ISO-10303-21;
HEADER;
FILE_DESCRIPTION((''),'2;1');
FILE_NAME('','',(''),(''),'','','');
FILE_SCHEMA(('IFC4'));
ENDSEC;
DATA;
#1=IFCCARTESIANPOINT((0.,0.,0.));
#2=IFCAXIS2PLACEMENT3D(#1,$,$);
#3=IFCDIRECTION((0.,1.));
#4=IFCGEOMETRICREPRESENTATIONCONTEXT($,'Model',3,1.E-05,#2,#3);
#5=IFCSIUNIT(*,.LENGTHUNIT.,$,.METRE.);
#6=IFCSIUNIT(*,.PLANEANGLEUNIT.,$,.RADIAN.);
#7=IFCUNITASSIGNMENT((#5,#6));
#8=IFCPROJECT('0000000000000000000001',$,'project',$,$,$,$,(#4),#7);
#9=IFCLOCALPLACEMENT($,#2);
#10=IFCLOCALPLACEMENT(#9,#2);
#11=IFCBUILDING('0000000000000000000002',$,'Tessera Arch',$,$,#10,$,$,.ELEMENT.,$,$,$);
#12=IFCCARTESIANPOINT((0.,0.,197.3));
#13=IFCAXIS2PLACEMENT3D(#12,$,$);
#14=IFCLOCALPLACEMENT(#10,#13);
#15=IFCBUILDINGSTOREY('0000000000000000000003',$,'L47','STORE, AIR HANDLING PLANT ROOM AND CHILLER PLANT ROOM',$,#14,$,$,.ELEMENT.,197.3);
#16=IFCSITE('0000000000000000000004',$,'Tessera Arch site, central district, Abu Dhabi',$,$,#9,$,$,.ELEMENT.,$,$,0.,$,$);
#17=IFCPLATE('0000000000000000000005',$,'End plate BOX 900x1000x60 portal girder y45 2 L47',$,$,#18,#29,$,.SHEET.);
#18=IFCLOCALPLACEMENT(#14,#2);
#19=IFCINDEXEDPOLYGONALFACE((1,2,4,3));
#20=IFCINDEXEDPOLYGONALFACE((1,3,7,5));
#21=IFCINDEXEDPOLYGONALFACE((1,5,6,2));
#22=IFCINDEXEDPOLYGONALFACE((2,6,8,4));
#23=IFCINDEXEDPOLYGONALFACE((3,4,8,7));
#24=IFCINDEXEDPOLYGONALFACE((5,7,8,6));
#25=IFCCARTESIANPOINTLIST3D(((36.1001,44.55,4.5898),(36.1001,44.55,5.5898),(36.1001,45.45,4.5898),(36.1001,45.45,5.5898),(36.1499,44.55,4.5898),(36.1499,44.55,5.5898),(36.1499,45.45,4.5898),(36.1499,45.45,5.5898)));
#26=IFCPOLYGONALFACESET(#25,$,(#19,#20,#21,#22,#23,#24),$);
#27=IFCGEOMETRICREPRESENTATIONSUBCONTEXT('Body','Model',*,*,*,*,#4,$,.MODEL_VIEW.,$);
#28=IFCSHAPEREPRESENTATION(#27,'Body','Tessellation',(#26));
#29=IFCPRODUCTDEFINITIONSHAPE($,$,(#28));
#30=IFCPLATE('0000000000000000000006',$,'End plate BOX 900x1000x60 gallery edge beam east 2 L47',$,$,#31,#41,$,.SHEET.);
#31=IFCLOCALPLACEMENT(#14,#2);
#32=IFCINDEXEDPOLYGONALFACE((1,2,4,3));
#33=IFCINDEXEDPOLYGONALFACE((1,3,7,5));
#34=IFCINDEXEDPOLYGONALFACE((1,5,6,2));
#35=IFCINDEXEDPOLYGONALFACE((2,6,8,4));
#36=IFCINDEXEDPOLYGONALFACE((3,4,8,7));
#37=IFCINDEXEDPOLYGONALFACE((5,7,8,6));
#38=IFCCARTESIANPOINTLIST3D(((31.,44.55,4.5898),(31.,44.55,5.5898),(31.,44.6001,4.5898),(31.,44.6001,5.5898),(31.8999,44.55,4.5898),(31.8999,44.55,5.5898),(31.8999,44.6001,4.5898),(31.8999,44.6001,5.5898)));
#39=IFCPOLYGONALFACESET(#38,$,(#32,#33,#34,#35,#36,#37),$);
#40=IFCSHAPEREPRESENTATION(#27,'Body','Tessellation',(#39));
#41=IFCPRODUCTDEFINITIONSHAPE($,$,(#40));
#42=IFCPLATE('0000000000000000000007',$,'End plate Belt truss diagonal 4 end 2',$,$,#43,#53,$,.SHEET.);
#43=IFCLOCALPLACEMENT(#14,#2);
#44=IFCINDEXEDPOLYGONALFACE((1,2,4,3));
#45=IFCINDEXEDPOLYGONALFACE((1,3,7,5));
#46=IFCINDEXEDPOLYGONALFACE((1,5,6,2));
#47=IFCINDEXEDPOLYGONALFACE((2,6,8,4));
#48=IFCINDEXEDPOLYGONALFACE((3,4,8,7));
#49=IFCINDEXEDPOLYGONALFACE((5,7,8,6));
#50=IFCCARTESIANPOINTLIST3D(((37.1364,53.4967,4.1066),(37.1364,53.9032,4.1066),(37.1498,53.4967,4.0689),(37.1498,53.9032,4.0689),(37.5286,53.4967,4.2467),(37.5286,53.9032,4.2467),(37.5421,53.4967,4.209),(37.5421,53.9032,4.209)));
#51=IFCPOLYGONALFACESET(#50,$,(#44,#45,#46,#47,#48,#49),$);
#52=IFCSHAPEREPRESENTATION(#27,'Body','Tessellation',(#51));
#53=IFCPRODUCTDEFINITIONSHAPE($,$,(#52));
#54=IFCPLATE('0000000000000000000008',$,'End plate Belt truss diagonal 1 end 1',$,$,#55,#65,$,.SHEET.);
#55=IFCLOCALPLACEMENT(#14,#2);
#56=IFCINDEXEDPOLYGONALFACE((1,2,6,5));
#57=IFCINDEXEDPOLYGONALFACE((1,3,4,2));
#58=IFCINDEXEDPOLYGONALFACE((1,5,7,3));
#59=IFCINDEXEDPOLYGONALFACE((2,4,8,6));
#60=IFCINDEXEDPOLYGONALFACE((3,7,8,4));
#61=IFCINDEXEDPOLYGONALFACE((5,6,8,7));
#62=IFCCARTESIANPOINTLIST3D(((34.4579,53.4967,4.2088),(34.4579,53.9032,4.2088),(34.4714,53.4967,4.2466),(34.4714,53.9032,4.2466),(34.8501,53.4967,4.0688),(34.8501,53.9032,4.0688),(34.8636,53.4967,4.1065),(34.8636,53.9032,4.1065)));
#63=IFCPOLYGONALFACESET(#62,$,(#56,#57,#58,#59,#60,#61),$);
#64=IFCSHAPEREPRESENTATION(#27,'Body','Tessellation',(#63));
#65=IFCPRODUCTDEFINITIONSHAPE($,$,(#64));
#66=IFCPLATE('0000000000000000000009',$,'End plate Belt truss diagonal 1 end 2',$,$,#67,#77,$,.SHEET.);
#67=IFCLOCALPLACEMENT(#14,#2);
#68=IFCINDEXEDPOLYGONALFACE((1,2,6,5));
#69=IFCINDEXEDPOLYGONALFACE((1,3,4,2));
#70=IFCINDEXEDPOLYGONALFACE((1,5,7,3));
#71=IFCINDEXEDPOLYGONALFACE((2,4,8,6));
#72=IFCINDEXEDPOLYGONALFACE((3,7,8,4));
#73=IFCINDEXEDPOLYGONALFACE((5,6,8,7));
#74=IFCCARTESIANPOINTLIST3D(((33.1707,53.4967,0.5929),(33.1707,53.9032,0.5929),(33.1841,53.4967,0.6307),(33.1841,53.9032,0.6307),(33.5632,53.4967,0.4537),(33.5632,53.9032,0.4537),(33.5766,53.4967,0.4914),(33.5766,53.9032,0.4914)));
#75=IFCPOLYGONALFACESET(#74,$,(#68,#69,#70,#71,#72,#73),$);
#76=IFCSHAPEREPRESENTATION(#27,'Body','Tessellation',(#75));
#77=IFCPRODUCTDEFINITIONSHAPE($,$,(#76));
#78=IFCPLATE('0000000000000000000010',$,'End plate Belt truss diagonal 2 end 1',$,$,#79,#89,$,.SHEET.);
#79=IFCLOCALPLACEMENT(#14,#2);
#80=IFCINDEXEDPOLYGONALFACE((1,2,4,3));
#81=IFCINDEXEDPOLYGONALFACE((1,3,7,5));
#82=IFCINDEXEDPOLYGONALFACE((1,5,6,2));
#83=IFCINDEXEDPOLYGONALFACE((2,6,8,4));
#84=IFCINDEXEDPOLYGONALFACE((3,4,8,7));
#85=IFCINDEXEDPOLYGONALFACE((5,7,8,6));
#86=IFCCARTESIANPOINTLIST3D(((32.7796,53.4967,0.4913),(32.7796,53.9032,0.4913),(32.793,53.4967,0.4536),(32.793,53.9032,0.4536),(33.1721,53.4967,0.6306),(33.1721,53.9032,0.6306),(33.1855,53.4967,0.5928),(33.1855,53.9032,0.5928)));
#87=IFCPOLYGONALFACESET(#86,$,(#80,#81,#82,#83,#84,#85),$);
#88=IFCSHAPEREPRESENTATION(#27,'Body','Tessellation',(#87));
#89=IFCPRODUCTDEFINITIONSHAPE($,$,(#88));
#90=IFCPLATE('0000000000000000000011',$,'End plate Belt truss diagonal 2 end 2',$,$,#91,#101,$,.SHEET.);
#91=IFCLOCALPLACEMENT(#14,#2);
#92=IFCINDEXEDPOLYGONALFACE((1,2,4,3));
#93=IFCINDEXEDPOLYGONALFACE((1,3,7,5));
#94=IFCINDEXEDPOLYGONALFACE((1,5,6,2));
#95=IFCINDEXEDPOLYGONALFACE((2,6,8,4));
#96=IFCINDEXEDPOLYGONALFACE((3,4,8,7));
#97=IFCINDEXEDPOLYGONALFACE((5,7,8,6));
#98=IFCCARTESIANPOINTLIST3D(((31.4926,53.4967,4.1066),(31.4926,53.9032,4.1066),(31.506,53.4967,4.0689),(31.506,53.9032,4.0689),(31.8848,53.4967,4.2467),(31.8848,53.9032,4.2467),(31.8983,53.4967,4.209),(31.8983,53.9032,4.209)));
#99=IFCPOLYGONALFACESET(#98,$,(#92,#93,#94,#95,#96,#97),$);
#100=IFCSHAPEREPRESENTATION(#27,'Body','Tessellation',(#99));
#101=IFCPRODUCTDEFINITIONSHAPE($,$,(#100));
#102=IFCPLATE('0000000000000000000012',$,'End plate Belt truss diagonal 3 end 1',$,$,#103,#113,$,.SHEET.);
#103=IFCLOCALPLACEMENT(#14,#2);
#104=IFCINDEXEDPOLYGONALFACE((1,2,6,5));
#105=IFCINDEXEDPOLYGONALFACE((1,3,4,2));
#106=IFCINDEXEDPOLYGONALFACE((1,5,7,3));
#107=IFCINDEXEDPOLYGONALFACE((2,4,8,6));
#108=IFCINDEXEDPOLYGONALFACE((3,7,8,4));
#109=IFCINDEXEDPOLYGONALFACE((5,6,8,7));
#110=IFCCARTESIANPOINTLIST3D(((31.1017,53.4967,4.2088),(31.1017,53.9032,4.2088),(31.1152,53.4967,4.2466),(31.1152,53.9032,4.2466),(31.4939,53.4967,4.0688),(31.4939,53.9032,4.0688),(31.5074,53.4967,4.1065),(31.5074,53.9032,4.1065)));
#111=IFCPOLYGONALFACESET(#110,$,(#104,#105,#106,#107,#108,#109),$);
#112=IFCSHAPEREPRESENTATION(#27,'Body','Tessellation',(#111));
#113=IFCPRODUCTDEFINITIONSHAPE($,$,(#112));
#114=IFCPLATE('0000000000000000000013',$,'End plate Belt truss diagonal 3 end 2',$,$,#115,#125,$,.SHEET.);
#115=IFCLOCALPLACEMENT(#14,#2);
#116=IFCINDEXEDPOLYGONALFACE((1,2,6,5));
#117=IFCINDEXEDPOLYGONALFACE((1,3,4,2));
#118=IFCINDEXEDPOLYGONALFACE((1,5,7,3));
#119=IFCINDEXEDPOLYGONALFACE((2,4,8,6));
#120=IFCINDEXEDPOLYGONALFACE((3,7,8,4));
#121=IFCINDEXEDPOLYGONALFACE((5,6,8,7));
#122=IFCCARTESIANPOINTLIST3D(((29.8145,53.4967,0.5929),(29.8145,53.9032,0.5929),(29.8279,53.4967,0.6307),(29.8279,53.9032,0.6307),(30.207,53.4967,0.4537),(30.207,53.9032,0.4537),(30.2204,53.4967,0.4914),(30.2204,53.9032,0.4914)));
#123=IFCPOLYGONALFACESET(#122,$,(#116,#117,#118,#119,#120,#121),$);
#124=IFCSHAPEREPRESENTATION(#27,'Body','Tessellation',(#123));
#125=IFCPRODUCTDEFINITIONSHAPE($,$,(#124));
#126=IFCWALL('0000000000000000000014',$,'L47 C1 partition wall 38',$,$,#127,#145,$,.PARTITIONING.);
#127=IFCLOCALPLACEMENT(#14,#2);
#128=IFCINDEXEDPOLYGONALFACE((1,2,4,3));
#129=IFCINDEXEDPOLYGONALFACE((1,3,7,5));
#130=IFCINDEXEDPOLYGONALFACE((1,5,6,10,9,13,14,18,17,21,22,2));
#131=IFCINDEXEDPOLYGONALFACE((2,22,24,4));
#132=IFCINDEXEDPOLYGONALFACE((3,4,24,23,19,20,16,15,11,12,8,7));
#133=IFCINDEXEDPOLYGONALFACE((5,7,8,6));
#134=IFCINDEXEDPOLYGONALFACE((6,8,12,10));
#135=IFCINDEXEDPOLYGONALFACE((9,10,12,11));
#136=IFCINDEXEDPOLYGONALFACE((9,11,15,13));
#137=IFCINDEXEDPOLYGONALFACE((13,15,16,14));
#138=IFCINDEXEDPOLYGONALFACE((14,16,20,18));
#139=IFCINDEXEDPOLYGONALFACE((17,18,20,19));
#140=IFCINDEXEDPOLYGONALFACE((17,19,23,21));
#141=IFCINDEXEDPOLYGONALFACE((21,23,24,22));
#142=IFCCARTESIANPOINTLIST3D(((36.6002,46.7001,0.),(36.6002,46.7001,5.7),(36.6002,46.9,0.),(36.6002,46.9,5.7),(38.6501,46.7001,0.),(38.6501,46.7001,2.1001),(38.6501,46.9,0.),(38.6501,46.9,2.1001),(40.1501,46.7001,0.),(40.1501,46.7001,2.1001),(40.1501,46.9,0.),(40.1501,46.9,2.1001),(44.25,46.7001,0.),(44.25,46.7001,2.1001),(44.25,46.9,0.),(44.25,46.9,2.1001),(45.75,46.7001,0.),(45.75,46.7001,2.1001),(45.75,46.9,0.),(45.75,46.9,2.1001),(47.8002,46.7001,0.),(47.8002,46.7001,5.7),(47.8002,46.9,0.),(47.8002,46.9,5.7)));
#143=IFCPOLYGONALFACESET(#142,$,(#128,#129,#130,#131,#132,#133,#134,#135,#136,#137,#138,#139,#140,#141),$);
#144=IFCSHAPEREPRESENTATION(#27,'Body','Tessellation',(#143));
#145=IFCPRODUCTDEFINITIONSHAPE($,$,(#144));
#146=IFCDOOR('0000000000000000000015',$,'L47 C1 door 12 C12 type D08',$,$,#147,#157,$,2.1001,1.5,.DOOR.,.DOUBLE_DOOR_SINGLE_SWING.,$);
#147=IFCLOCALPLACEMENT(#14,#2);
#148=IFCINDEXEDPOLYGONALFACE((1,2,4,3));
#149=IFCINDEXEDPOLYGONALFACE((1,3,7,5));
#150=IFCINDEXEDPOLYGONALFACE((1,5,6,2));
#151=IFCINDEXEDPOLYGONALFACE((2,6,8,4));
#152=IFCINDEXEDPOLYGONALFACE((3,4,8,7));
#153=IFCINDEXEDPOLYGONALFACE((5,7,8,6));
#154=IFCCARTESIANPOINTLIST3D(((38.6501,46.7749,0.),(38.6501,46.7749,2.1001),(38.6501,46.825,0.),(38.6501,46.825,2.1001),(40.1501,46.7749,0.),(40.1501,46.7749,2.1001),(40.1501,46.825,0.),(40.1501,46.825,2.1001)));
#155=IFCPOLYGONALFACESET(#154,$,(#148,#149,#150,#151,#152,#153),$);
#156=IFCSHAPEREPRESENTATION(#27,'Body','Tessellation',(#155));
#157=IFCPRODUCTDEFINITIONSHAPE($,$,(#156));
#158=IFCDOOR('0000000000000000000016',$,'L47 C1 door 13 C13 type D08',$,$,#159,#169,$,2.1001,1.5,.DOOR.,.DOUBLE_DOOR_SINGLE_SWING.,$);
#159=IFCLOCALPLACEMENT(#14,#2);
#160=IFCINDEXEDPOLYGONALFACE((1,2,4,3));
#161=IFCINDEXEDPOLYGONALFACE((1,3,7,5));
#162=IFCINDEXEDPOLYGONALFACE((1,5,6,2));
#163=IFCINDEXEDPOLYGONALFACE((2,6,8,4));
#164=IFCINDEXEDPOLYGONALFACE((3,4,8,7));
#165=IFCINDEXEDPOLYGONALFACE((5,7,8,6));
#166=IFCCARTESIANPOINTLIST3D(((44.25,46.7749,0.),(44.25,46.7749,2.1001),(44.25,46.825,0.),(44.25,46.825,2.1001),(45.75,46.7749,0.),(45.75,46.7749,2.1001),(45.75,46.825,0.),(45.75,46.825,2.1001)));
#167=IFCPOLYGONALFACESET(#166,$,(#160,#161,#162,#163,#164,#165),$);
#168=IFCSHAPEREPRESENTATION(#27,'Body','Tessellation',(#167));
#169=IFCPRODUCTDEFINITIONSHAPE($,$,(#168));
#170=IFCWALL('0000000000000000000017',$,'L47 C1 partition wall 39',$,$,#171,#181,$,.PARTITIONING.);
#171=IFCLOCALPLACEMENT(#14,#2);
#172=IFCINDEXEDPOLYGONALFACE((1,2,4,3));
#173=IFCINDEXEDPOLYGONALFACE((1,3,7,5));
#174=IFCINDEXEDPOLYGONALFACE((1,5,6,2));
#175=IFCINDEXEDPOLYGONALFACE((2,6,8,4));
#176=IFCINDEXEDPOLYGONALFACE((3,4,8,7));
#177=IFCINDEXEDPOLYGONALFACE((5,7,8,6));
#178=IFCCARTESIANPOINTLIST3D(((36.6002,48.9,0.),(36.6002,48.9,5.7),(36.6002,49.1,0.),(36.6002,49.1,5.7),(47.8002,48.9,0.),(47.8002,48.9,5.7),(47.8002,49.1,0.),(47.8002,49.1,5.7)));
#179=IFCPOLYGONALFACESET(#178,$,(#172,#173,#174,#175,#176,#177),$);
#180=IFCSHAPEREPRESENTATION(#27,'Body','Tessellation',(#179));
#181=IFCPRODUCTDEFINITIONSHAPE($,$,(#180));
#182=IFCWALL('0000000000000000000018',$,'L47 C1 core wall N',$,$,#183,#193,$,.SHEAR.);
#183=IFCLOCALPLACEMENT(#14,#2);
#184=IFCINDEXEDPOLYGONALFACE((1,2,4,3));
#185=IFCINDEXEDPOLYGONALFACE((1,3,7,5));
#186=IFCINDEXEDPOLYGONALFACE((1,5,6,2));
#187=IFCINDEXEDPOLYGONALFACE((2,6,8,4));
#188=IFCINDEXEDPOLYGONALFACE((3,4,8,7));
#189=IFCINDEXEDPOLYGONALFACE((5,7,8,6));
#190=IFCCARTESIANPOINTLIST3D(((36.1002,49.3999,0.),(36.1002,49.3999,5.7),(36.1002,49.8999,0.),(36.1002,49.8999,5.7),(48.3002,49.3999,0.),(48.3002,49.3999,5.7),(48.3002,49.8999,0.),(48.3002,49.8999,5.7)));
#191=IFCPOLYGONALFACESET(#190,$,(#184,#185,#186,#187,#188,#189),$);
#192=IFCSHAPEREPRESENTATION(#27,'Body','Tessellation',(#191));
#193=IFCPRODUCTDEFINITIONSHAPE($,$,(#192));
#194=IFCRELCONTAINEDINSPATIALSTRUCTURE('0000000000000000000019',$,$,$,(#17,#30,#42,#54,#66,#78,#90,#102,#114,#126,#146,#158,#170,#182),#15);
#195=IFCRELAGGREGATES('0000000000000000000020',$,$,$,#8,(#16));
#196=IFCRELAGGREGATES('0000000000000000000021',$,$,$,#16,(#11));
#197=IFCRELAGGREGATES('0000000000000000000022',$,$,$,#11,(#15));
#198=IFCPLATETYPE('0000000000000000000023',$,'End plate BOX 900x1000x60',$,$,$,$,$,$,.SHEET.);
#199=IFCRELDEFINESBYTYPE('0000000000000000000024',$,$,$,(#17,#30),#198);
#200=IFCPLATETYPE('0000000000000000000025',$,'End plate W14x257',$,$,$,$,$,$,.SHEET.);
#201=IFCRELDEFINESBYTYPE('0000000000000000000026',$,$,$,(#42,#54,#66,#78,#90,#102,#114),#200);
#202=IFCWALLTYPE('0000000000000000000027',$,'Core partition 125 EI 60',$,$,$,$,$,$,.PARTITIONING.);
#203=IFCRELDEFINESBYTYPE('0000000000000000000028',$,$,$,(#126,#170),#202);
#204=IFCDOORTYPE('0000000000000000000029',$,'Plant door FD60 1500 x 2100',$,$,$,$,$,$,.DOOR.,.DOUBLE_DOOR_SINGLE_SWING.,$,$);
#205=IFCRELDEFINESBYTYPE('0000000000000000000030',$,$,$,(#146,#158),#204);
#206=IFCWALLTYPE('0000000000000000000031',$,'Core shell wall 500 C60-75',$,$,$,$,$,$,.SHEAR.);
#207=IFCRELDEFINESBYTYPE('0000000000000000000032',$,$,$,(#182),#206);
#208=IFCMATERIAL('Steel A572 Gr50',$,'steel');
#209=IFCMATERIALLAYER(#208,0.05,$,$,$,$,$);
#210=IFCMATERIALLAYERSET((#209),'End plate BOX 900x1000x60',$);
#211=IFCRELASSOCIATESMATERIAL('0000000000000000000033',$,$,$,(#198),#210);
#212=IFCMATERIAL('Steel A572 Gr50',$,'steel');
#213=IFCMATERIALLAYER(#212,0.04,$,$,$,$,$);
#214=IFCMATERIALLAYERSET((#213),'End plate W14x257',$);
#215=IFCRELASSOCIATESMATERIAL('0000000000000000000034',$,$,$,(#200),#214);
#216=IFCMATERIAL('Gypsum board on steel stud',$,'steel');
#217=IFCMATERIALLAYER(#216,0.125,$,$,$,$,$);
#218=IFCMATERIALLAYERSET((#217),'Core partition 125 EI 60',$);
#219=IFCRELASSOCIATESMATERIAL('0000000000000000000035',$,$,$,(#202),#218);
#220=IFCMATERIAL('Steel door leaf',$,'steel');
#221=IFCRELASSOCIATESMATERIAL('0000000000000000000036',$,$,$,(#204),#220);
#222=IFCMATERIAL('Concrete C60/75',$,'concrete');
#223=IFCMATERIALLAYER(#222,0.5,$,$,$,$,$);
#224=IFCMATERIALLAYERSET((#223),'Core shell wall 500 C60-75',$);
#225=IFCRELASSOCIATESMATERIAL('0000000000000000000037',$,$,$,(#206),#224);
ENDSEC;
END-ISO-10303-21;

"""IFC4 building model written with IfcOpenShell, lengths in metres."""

from ifc_helpers import new_model, si_unit, direction, frame, frame_2d, origin, origin_2d, place, context, subcontext, project, spatial, rectangle, extrude, material, layer, layer_set, type_object, element, fill, save


model = new_model("IFC4")

# Units and contexts
model_context = context("Model", 3, precision=1e-05, world=origin(), true_north=direction((0.0, 1.0)))
body_context = subcontext(model_context, "Body", "Model", "MODEL_VIEW")
ifc_project = project(units=[si_unit("LENGTHUNIT", "METRE"), si_unit("PLANEANGLEUNIT", "RADIAN")], contexts=[model_context])

# Site, building, storey
site_placement = place(None, origin())
site = spatial("IfcSite", under=ifc_project, at=site_placement, Name="Tessera Arch site, central district, Abu Dhabi", CompositionType="ELEMENT", RefElevation=0.0)
building_placement = place(site_placement, origin())
building = spatial("IfcBuilding", under=site, at=building_placement, Name="Tessera Arch", CompositionType="ELEMENT")
storey_placement = place(building_placement, frame((0.0, 0.0, 197.3)))
storey = spatial("IfcBuildingStorey", under=building, at=storey_placement, Name="L47", Description="STORE, AIR HANDLING PLANT ROOM AND CHILLER PLANT ROOM", CompositionType="ELEMENT", Elevation=197.3)

# Plates
ifc_material_1 = material(Name="Steel A572 Gr50", Category="steel")
ifc_layer_1 = layer(ifc_material_1, 0.05)
ifc_layer_set_1 = layer_set([ifc_layer_1], Name="End plate BOX 900x1000x60")
plate_type_1 = type_object("IfcPlateType", Name="End plate BOX 900x1000x60", PredefinedType="SHEET", material=ifc_layer_set_1)
plate_1_placement = place(storey_placement, frame((36.1001, 45.0, 5.0898), z_axis=(1.0, 0.0, 0.0), x_axis=(0.0, 1.0, 0.0)))
element("IfcPlate", 1, at=plate_1_placement, inside=storey, type_object=plate_type_1, Name="End plate BOX 900x1000x60 portal girder y45 2 L47", PredefinedType="SHEET", context=body_context, shape_type="SweptSolid", body=[
    extrude(rectangle(XDim=0.8999, YDim=1.0, at=origin_2d()), origin(), (0.0, 0.0, 1.0), 0.0498),
])
plate_2_placement = place(storey_placement, frame((31.45, 44.55, 5.0898), z_axis=(0.0, 1.0, 0.0), x_axis=(-1.0, 0.0, 0.0)))
element("IfcPlate", 2, at=plate_2_placement, inside=storey, type_object=plate_type_1, Name="End plate BOX 900x1000x60 gallery edge beam east 2 L47", PredefinedType="SHEET", context=body_context, shape_type="SweptSolid", body=[
    extrude(rectangle(XDim=0.8999, YDim=1.0, at=origin_2d()), origin(), (0.0, 0.0, 1.0), 0.05),
])
ifc_material_2 = material(Name="Steel A572 Gr50", Category="steel")
ifc_layer_2 = layer(ifc_material_2, 0.04)
ifc_layer_set_2 = layer_set([ifc_layer_2], Name="End plate W14x257")
plate_type_2 = type_object("IfcPlateType", Name="End plate W14x257", PredefinedType="SHEET", material=ifc_layer_set_2)
for number, where, z_axis, x_axis, name in (
    (3, (37.3459, 53.7, 4.1389), (-0.336336, 0.0, 0.941742), (0.0, -1.0, 0.0), "End plate Belt truss diagonal 4 end 2"),
    (4, (34.6675, 53.7, 4.1765), (-0.336336, 0.0, -0.941742), (0.0, -1.0, 0.0), "End plate Belt truss diagonal 1 end 1"),
    (5, (33.3804, 53.7, 0.561), (-0.33441, 0.0, -0.942428), (0.0, -1.0, 0.0), "End plate Belt truss diagonal 1 end 2"),
    (6, (32.9893, 53.7, 0.5232), (-0.33441, 0.0, 0.942428), (0.0, -1.0, 0.0), "End plate Belt truss diagonal 2 end 1"),
    (7, (31.7021, 53.7, 4.1389), (-0.336336, 0.0, 0.941742), (0.0, -1.0, 0.0), "End plate Belt truss diagonal 2 end 2"),
    (8, (31.3113, 53.7, 4.1765), (-0.336336, 0.0, -0.941742), (0.0, -1.0, 0.0), "End plate Belt truss diagonal 3 end 1"),
    (9, (30.0242, 53.7, 0.561), (-0.33441, 0.0, -0.942428), (0.0, -1.0, 0.0), "End plate Belt truss diagonal 3 end 2"),
):
    element("IfcPlate", number, at=place(storey_placement, frame(where, z_axis=z_axis, x_axis=x_axis)), inside=storey, type_object=plate_type_2, Name=name, PredefinedType="SHEET", context=body_context, shape_type="SweptSolid", body=[
        extrude(rectangle(XDim=0.4065, YDim=0.4165, at=origin_2d()), origin(), (0.0, 0.0, 1.0), 0.04),
    ])

# Wall, openings, doors
ifc_material_3 = material(Name="Gypsum board on steel stud", Category="steel")
ifc_layer_3 = layer(ifc_material_3, 0.125)
ifc_layer_set_3 = layer_set([ifc_layer_3], Name="Core partition 125 EI 60")
wall_type_1 = type_object("IfcWallType", Name="Core partition 125 EI 60", PredefinedType="PARTITIONING", material=ifc_layer_set_3)
wall_1_placement = place(storey_placement, frame((36.6001, 46.8, 0.0), z_axis=(0.0, 0.0, 1.0), x_axis=(1.0, 0.0, 0.0)))
wall_1 = element("IfcWall", 10, at=wall_1_placement, inside=storey, type_object=wall_type_1, Name="L47 C1 partition wall 38", PredefinedType="PARTITIONING", context=body_context, shape_type="SweptSolid", body=[
    extrude(rectangle(XDim=11.2, YDim=0.2, at=frame_2d((5.6001, 0.0))), origin(), (0.0, 0.0, 1.0), 5.7),
])
opening_1_placement = place(wall_1_placement, frame((2.05, 0.0, 0.0)))
opening_1 = element("IfcOpeningElement", 11, at=opening_1_placement, cuts=wall_1, PredefinedType="OPENING", context=body_context, shape_type="SweptSolid", body=[
    extrude(rectangle(XDim=1.5, YDim=2.1001, at=frame_2d((0.75, 1.05))), frame((0.0, 0.1099, 0.0), z_axis=(0.0, -1.0, 0.0), x_axis=(1.0, 0.0, 0.0)), (0.0, 0.0, 1.0), 0.22),
])
opening_2_placement = place(wall_1_placement, frame((7.6499, 0.0, 0.0)))
opening_2 = element("IfcOpeningElement", 12, at=opening_2_placement, cuts=wall_1, PredefinedType="OPENING", context=body_context, shape_type="SweptSolid", body=[
    extrude(rectangle(XDim=1.5, YDim=2.1001, at=frame_2d((0.75, 1.05))), frame((0.0, 0.1099, 0.0), z_axis=(0.0, -1.0, 0.0), x_axis=(1.0, 0.0, 0.0)), (0.0, 0.0, 1.0), 0.22),
])
ifc_material_4 = material(Name="Steel door leaf", Category="steel")
door_type_1 = type_object("IfcDoorType", Name="Plant door FD60 1500 x 2100", OperationType="DOUBLE_DOOR_SINGLE_SWING", PredefinedType="DOOR", material=ifc_material_4)
door_1_placement = place(opening_1_placement, origin())
door_1 = element("IfcDoor", 13, at=door_1_placement, inside=storey, type_object=door_type_1, Name="L47 C1 door 12 C12 type D08", OperationType="DOUBLE_DOOR_SINGLE_SWING", OverallHeight=2.1001, OverallWidth=1.5, PredefinedType="DOOR", context=body_context, shape_type="SweptSolid", body=[
    extrude(rectangle(XDim=1.5, YDim=2.1001, at=frame_2d((0.75, 1.05))), frame((0.0, 0.0249, 0.0), z_axis=(0.0, -1.0, 0.0), x_axis=(1.0, 0.0, 0.0)), (0.0, 0.0, 1.0), 0.05),
])
fill(opening_1, door_1)
door_2_placement = place(opening_2_placement, origin())
door_2 = element("IfcDoor", 14, at=door_2_placement, inside=storey, type_object=door_type_1, Name="L47 C1 door 13 C13 type D08", OperationType="DOUBLE_DOOR_SINGLE_SWING", OverallHeight=2.1001, OverallWidth=1.5, PredefinedType="DOOR", context=body_context, shape_type="SweptSolid", body=[
    extrude(rectangle(XDim=1.5, YDim=2.1001, at=frame_2d((0.75, 1.05))), frame((0.0, 0.0249, 0.0), z_axis=(0.0, -1.0, 0.0), x_axis=(1.0, 0.0, 0.0)), (0.0, 0.0, 1.0), 0.05),
])
fill(opening_2, door_2)

# Walls
wall_2_placement = place(storey_placement, frame((36.6001, 49.0, 0.0), z_axis=(0.0, 0.0, 1.0), x_axis=(1.0, 0.0, 0.0)))
element("IfcWall", 15, at=wall_2_placement, inside=storey, type_object=wall_type_1, Name="L47 C1 partition wall 39", PredefinedType="PARTITIONING", context=body_context, shape_type="SweptSolid", body=[
    extrude(rectangle(XDim=11.2, YDim=0.2, at=frame_2d((5.6001, 0.0))), origin(), (0.0, 0.0, 1.0), 5.7),
])
ifc_material_5 = material(Name="Concrete C60/75", Category="concrete")
ifc_layer_4 = layer(ifc_material_5, 0.5)
ifc_layer_set_4 = layer_set([ifc_layer_4], Name="Core shell wall 500 C60-75")
wall_type_2 = type_object("IfcWallType", Name="Core shell wall 500 C60-75", PredefinedType="SHEAR", material=ifc_layer_set_4)
wall_3_placement = place(storey_placement, frame((36.1001, 49.6499, 0.0), z_axis=(0.0, 0.0, 1.0), x_axis=(1.0, 0.0, 0.0)))
element("IfcWall", 16, at=wall_3_placement, inside=storey, type_object=wall_type_2, Name="L47 C1 core wall N", PredefinedType="SHEAR", context=body_context, shape_type="SweptSolid", body=[
    extrude(rectangle(XDim=12.2, YDim=0.5, at=frame_2d((6.1001, 0.0))), origin(), (0.0, 0.0, 1.0), 5.7),
])

save(model, "model.ifc")
